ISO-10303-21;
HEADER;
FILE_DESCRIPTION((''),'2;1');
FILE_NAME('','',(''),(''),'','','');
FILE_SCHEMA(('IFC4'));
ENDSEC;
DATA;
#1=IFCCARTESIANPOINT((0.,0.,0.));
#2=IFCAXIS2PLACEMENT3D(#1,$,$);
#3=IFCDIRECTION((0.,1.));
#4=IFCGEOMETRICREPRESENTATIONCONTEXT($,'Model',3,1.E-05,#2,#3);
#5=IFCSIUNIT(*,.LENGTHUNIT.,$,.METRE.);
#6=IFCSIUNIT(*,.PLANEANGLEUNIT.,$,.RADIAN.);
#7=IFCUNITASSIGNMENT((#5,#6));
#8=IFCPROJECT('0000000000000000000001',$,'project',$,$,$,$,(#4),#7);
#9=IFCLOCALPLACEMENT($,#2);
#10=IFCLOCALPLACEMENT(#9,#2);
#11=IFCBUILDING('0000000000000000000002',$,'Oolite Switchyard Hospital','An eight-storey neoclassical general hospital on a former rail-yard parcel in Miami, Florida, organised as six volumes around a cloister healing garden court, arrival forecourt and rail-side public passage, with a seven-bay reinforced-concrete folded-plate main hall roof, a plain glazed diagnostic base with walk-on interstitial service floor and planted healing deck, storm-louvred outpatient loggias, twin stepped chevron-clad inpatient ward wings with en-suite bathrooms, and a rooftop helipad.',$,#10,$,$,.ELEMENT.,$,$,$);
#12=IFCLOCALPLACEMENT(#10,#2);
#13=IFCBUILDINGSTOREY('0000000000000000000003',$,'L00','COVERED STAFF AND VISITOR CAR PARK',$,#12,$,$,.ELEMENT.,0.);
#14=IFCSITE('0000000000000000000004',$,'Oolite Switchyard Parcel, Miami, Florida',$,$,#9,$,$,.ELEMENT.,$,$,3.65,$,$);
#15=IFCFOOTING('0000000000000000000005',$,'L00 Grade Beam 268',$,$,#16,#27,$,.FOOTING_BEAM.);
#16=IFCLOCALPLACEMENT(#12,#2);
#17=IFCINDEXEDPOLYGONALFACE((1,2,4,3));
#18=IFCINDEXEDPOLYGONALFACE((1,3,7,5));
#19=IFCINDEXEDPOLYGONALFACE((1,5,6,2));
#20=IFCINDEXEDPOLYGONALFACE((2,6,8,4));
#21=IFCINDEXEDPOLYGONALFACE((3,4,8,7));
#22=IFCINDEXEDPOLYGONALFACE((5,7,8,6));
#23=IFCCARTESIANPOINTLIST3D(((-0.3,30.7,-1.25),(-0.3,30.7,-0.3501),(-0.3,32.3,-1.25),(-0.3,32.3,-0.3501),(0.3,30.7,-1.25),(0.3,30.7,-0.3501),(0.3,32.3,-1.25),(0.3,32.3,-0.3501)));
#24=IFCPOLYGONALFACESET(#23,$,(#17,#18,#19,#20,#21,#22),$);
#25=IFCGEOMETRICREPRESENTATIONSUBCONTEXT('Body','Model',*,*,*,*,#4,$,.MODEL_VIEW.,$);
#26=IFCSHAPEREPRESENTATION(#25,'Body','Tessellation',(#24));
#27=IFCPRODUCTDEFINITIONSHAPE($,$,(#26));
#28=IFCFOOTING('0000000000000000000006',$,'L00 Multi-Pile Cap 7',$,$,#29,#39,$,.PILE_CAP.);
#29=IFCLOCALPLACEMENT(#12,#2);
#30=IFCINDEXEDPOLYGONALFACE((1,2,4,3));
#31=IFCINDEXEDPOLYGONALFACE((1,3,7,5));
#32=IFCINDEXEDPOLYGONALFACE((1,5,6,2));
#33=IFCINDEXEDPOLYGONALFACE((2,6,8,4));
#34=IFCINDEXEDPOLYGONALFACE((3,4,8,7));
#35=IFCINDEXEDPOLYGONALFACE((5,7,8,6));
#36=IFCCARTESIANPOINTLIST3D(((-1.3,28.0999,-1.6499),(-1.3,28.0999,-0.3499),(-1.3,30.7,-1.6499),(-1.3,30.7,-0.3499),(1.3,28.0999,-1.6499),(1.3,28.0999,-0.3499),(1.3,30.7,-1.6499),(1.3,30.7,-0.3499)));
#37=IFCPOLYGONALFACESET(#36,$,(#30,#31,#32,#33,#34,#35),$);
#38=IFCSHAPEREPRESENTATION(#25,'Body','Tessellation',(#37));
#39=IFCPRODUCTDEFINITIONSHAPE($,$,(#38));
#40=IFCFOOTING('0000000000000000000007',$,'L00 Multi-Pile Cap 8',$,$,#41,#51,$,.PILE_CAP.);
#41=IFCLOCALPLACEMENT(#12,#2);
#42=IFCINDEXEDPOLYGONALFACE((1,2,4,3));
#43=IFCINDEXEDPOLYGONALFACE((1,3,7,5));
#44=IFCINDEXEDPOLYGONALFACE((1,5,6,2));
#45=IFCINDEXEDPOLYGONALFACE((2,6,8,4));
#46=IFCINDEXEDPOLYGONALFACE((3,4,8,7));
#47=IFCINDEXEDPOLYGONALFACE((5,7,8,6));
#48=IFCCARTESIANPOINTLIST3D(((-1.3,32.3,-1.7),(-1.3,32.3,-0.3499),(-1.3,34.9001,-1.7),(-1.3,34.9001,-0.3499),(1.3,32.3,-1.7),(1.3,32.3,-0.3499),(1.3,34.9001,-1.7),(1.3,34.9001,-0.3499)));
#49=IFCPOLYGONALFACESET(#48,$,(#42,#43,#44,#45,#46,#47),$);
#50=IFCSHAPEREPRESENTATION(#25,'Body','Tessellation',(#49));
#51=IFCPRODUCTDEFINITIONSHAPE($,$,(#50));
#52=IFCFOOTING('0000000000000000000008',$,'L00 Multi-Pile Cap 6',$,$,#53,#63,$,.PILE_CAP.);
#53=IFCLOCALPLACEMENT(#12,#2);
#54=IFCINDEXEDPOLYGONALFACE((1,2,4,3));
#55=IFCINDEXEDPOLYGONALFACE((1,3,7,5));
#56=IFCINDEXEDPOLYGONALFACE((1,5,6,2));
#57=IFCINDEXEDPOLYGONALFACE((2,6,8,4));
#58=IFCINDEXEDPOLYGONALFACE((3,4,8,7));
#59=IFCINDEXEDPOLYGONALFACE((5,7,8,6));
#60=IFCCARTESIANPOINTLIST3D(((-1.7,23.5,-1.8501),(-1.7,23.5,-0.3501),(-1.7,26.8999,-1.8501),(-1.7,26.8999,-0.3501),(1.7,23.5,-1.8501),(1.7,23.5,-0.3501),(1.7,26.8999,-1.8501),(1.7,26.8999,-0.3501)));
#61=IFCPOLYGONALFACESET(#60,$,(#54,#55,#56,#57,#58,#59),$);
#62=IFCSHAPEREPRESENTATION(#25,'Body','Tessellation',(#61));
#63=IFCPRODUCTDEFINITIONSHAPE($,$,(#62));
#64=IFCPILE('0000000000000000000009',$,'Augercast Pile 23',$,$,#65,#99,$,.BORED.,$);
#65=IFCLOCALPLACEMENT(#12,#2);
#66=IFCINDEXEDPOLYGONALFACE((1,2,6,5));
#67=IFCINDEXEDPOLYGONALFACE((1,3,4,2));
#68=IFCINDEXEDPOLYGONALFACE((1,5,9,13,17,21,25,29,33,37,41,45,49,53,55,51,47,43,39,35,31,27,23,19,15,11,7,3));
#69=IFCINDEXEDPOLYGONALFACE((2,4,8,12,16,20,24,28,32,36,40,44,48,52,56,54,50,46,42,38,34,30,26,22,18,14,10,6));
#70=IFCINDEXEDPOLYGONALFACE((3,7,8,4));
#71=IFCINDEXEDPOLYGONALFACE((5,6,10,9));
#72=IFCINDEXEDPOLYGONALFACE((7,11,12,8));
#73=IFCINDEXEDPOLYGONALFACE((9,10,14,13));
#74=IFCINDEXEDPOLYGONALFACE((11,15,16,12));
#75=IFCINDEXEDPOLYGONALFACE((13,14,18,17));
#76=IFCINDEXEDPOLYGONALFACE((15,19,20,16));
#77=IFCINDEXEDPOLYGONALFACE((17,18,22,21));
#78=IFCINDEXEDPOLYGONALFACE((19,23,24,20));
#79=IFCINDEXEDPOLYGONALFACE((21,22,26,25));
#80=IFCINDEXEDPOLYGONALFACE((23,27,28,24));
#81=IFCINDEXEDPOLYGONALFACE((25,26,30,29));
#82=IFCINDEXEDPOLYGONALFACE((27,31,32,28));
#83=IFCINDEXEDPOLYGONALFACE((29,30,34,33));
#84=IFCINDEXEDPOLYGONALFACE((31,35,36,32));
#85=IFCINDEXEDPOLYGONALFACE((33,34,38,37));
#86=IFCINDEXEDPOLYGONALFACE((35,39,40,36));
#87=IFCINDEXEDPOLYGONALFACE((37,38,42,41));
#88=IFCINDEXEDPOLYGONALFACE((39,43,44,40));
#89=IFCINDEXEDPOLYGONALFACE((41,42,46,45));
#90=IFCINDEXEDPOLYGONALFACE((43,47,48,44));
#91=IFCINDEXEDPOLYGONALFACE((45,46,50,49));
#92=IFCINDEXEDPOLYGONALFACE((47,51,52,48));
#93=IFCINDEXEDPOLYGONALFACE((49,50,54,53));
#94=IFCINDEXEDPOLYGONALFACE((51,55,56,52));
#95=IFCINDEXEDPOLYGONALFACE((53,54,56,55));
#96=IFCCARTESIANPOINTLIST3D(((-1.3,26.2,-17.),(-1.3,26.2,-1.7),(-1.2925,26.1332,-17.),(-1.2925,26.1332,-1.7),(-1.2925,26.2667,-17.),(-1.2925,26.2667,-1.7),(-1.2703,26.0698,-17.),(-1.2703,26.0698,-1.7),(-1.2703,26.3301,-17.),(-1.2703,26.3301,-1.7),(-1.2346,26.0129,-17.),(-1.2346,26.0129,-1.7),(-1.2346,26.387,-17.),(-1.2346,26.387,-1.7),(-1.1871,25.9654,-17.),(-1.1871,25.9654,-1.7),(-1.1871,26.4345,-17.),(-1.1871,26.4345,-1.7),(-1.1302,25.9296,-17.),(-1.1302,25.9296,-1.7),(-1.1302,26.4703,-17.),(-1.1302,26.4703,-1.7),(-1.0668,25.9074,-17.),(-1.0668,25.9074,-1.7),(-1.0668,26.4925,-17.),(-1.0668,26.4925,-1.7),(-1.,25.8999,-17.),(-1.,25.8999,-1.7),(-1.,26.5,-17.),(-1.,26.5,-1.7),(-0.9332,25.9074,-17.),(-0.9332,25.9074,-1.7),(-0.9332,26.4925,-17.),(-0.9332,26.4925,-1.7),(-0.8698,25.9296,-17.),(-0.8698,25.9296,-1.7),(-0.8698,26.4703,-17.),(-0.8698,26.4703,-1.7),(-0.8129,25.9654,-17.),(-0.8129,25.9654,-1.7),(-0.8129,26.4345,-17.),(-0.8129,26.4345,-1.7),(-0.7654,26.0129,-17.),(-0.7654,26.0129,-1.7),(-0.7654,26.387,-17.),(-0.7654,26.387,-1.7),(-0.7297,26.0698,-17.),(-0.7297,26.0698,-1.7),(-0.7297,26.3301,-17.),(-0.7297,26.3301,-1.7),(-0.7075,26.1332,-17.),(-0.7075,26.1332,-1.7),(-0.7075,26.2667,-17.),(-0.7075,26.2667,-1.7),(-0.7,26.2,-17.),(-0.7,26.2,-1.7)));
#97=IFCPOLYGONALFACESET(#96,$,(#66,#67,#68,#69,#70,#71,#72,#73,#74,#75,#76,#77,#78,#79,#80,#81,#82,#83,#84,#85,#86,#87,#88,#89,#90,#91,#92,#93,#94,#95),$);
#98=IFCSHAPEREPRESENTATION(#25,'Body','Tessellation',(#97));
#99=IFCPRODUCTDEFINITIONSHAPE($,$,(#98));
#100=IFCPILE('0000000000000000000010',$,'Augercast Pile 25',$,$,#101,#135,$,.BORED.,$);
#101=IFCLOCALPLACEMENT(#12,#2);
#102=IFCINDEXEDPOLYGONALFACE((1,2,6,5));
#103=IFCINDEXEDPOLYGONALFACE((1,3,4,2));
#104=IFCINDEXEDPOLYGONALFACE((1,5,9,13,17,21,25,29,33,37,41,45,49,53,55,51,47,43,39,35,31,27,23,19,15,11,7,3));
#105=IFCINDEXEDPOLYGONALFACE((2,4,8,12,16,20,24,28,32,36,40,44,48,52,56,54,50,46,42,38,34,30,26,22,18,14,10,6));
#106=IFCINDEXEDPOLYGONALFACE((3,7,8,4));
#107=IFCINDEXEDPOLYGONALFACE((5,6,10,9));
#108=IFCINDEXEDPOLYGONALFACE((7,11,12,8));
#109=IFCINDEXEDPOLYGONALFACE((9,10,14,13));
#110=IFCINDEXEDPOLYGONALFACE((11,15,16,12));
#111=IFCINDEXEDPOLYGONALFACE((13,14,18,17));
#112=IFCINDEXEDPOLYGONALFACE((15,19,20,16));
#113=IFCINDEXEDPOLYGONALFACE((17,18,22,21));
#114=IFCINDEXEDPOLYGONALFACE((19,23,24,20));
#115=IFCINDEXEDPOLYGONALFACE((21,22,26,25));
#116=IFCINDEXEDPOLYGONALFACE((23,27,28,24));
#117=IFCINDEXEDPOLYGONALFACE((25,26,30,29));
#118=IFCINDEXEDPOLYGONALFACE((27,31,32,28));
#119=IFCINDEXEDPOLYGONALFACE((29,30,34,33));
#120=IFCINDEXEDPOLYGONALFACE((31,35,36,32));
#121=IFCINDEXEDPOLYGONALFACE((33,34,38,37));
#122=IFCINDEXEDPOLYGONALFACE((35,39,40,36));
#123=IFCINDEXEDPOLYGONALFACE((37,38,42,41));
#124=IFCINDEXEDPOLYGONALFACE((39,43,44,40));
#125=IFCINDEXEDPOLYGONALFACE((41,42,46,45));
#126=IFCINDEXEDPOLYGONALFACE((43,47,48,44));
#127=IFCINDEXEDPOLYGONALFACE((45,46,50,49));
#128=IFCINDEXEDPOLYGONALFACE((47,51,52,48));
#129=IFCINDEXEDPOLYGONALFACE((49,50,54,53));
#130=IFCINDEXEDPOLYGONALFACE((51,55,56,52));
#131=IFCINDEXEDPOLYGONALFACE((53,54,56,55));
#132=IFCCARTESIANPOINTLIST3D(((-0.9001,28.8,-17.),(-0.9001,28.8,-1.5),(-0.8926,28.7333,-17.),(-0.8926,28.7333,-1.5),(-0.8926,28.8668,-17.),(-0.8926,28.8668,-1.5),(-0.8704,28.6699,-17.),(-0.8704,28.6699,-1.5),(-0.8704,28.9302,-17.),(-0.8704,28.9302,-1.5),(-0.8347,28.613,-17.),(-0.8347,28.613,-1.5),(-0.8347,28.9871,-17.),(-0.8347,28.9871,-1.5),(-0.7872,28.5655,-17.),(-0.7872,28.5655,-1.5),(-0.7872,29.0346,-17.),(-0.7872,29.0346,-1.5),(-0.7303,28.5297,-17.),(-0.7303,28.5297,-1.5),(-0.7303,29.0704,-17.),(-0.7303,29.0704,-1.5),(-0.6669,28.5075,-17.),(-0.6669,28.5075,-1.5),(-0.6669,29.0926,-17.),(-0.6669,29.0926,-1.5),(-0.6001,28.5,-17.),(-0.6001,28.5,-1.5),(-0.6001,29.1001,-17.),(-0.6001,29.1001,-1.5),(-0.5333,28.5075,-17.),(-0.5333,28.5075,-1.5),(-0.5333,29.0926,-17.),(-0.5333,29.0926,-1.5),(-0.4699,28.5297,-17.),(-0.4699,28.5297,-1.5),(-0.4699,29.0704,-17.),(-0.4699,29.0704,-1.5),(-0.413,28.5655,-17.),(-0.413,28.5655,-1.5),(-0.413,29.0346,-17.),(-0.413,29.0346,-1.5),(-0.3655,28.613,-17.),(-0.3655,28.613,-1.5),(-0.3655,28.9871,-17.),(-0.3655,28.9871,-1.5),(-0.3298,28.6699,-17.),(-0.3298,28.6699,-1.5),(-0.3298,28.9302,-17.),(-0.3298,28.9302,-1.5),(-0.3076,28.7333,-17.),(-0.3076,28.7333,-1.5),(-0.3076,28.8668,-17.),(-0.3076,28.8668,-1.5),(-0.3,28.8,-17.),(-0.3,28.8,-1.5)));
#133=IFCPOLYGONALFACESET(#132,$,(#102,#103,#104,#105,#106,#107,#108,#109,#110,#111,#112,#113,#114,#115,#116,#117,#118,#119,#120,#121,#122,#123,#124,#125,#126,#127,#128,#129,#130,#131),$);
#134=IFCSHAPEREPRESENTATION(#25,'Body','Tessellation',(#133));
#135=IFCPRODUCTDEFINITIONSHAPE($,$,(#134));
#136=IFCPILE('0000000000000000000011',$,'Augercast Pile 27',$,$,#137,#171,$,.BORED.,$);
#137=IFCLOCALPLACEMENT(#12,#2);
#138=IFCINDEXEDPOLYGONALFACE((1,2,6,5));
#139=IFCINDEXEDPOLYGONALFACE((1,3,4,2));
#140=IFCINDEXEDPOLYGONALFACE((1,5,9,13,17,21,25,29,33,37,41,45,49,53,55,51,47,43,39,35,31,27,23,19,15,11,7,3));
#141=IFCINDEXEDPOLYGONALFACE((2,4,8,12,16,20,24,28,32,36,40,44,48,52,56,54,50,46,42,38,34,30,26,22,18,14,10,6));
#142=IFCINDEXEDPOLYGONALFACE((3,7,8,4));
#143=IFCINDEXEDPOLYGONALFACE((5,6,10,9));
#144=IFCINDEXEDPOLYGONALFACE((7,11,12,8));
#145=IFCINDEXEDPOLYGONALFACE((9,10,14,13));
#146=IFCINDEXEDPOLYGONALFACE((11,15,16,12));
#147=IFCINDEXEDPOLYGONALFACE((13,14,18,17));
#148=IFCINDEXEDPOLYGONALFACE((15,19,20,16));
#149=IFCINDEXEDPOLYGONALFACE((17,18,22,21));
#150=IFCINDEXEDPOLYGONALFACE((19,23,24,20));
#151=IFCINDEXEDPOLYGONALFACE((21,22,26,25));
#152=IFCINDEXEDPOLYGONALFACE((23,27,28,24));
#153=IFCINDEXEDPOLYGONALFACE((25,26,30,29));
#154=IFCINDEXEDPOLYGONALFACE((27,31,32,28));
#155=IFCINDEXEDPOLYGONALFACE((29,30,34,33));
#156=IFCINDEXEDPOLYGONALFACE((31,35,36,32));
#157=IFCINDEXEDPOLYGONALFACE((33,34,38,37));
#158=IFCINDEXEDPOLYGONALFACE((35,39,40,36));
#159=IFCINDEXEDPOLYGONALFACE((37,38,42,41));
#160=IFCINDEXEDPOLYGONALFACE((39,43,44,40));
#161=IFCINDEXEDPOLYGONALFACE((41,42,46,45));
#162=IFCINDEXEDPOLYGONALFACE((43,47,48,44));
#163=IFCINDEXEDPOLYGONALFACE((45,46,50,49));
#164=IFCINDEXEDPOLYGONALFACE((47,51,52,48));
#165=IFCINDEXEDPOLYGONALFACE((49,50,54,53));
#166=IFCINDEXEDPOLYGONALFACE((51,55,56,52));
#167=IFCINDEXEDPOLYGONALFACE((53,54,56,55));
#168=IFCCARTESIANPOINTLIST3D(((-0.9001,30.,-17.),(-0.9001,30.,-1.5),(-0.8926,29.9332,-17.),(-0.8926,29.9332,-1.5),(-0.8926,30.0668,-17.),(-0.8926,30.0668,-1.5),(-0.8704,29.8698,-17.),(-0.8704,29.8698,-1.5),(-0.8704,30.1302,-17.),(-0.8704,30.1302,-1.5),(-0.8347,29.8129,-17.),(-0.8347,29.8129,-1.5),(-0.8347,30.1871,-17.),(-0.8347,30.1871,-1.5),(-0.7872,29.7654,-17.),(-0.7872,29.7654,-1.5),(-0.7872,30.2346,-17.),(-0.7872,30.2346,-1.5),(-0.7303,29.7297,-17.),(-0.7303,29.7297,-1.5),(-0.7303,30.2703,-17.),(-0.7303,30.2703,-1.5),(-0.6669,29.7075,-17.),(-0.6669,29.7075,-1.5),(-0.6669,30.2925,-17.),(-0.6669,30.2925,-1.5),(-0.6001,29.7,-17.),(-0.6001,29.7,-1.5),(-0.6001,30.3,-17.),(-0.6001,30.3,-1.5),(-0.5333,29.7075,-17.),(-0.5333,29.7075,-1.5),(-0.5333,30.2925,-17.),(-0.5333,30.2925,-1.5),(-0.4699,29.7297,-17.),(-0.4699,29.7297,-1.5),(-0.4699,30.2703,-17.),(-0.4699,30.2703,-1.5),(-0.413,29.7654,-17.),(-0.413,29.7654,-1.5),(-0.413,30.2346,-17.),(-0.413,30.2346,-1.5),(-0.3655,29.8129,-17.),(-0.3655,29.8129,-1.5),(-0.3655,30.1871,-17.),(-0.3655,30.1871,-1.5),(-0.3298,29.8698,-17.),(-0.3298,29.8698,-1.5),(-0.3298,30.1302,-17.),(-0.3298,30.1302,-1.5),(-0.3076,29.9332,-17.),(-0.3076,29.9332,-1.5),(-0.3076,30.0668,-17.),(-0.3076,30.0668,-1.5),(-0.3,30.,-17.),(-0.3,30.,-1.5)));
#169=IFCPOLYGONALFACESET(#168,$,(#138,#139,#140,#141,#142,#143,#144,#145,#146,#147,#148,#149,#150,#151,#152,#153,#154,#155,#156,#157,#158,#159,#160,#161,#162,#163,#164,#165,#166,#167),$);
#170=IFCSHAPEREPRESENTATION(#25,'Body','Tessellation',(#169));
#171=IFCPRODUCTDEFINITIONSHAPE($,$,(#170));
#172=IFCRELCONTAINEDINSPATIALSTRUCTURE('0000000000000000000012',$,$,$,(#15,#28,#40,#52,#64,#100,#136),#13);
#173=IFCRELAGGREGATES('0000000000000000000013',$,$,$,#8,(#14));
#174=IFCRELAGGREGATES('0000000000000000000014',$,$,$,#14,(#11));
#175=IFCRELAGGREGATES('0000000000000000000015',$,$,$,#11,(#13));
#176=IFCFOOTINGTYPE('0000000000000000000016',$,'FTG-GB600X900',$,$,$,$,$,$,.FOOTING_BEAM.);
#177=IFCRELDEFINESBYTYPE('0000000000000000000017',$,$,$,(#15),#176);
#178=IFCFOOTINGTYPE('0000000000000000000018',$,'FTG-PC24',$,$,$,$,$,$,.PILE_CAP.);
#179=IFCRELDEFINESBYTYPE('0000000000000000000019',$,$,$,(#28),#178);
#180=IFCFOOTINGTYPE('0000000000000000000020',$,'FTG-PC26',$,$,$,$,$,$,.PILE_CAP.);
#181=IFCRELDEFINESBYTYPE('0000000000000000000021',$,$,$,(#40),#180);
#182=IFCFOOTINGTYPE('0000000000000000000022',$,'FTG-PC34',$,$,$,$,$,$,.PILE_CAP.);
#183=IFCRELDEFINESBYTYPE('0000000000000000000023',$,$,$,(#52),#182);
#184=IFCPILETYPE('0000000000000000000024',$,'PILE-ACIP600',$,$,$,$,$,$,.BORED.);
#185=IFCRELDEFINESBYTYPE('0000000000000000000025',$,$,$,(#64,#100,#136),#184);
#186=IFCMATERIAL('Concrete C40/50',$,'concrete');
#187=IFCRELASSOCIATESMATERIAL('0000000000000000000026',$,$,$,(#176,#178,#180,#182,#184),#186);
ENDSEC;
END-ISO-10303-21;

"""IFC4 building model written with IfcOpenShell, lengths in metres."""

from ifc_helpers import new_model, si_unit, direction, frame, origin, origin_2d, place, context, subcontext, project, spatial, rectangle, circle, extrude, material, material_profile, profile_set, type_object, element, save


model = new_model("IFC4")

# Units and contexts
model_context = context("Model", 3, precision=1e-05, world=origin(), true_north=direction((0.0, 1.0)))
body_context = subcontext(model_context, "Body", "Model", "MODEL_VIEW")
ifc_project = project(units=[si_unit("LENGTHUNIT", "METRE"), si_unit("PLANEANGLEUNIT", "RADIAN")], contexts=[model_context])

# Site, building, storey
site_placement = place(None, origin())
site = spatial("IfcSite", under=ifc_project, at=site_placement, Name="Oolite Switchyard Parcel, Miami, Florida", CompositionType="ELEMENT", RefElevation=3.65)
building_placement = place(site_placement, origin())
building = spatial("IfcBuilding", under=site, at=building_placement, Name="Oolite Switchyard Hospital", Description="An eight-storey neoclassical general hospital on a former rail-yard parcel in Miami, Florida, organised as six volumes around a cloister healing garden court, arrival forecourt and rail-side public passage, with a seven-bay reinforced-concrete folded-plate main hall roof, a plain glazed diagnostic base with walk-on interstitial service floor and planted healing deck, storm-louvred outpatient loggias, twin stepped chevron-clad inpatient ward wings with en-suite bathrooms, and a rooftop helipad.", CompositionType="ELEMENT")
storey_placement = place(building_placement, origin())
storey = spatial("IfcBuildingStorey", under=building, at=storey_placement, Name="L00", Description="COVERED STAFF AND VISITOR CAR PARK", CompositionType="ELEMENT", Elevation=0.0)

# Footings
ifc_material_1 = material(Name="Concrete C40/50", Category="concrete")
footing_type_1 = type_object("IfcFootingType", Name="FTG-GB600X900", PredefinedType="FOOTING_BEAM", material=ifc_material_1)
footing_1_placement = place(storey_placement, frame((0.0, 31.5, -1.25), z_axis=(0.0, 0.0, 1.0), x_axis=(0.0, 1.0, 0.0)))
element("IfcFooting", 1, at=footing_1_placement, inside=storey, type_object=footing_type_1, Name="L00 Grade Beam 268", PredefinedType="FOOTING_BEAM", context=body_context, shape_type="SweptSolid", body=[
    extrude(rectangle(XDim=1.6001, YDim=0.6001, at=origin_2d()), origin(), (0.0, 0.0, 1.0), 0.8999),
])
footing_type_2 = type_object("IfcFootingType", Name="FTG-PC24", PredefinedType="PILE_CAP", material=ifc_material_1)
footing_2_placement = place(storey_placement, frame((0.0, 29.3999, -1.6499), z_axis=(0.0, 0.0, 1.0), x_axis=(1.0, 0.0, 0.0)))
element("IfcFooting", 2, at=footing_2_placement, inside=storey, type_object=footing_type_2, Name="L00 Multi-Pile Cap 7", PredefinedType="PILE_CAP", context=body_context, shape_type="SweptSolid", body=[
    extrude(rectangle(XDim=2.6001, YDim=2.6001, at=origin_2d()), origin(), (0.0, 0.0, 1.0), 1.3),
])
footing_type_3 = type_object("IfcFootingType", Name="FTG-PC26", PredefinedType="PILE_CAP", material=ifc_material_1)
footing_3_placement = place(storey_placement, frame((0.0, 33.6001, -1.7), z_axis=(0.0, 0.0, 1.0), x_axis=(1.0, 0.0, 0.0)))
element("IfcFooting", 3, at=footing_3_placement, inside=storey, type_object=footing_type_3, Name="L00 Multi-Pile Cap 8", PredefinedType="PILE_CAP", context=body_context, shape_type="SweptSolid", body=[
    extrude(rectangle(XDim=2.6001, YDim=2.6001, at=origin_2d()), origin(), (0.0, 0.0, 1.0), 1.3501),
])
footing_type_4 = type_object("IfcFootingType", Name="FTG-PC34", PredefinedType="PILE_CAP", material=ifc_material_1)
footing_4_placement = place(storey_placement, frame((0.0, 25.2, -1.8501), z_axis=(0.0, 0.0, 1.0), x_axis=(1.0, 0.0, 0.0)))
element("IfcFooting", 4, at=footing_4_placement, inside=storey, type_object=footing_type_4, Name="L00 Multi-Pile Cap 6", PredefinedType="PILE_CAP", context=body_context, shape_type="SweptSolid", body=[
    extrude(rectangle(XDim=3.3999, YDim=3.3999, at=origin_2d()), origin(), (0.0, 0.0, 1.0), 1.5),
])

# Piles
ifc_material_profile_1 = material_profile(ifc_material_1, circle(Radius=0.3, at=origin_2d()), Name="PILE600")
ifc_profile_set_1 = profile_set([ifc_material_profile_1], Name="Concrete C40/50")
pile_type = type_object("IfcPileType", Name="PILE-ACIP600", PredefinedType="BORED", material=ifc_profile_set_1)
pile_placement = place(storey_placement, frame((-1.0, 26.2, -1.7), z_axis=(0.0, 0.0, -1.0), x_axis=(1.0, 0.0, 0.0)))
element("IfcPile", 5, at=pile_placement, inside=storey, type_object=pile_type, Name="Augercast Pile 23", PredefinedType="BORED", context=body_context, shape_type="SweptSolid", body=[
    extrude(circle(Radius=0.3, at=origin_2d()), origin(), (0.0, 0.0, 1.0), 15.3),
])
for number, where, z_axis, x_axis, name in (
    (6, (-0.6001, 28.8, -1.5), (0.0, 0.0, -1.0), (1.0, 0.0, 0.0), "Augercast Pile 25"),
    (7, (-0.6001, 30.0, -1.5), (0.0, 0.0, -1.0), (1.0, 0.0, 0.0), "Augercast Pile 27"),
):
    element("IfcPile", number, at=place(storey_placement, frame(where, z_axis=z_axis, x_axis=x_axis)), inside=storey, type_object=pile_type, Name=name, PredefinedType="BORED", context=body_context, shape_type="SweptSolid", body=[
        extrude(circle(Radius=0.3, at=origin_2d()), origin(), (0.0, 0.0, 1.0), 15.5),
    ])

save(model, "model.ifc")
